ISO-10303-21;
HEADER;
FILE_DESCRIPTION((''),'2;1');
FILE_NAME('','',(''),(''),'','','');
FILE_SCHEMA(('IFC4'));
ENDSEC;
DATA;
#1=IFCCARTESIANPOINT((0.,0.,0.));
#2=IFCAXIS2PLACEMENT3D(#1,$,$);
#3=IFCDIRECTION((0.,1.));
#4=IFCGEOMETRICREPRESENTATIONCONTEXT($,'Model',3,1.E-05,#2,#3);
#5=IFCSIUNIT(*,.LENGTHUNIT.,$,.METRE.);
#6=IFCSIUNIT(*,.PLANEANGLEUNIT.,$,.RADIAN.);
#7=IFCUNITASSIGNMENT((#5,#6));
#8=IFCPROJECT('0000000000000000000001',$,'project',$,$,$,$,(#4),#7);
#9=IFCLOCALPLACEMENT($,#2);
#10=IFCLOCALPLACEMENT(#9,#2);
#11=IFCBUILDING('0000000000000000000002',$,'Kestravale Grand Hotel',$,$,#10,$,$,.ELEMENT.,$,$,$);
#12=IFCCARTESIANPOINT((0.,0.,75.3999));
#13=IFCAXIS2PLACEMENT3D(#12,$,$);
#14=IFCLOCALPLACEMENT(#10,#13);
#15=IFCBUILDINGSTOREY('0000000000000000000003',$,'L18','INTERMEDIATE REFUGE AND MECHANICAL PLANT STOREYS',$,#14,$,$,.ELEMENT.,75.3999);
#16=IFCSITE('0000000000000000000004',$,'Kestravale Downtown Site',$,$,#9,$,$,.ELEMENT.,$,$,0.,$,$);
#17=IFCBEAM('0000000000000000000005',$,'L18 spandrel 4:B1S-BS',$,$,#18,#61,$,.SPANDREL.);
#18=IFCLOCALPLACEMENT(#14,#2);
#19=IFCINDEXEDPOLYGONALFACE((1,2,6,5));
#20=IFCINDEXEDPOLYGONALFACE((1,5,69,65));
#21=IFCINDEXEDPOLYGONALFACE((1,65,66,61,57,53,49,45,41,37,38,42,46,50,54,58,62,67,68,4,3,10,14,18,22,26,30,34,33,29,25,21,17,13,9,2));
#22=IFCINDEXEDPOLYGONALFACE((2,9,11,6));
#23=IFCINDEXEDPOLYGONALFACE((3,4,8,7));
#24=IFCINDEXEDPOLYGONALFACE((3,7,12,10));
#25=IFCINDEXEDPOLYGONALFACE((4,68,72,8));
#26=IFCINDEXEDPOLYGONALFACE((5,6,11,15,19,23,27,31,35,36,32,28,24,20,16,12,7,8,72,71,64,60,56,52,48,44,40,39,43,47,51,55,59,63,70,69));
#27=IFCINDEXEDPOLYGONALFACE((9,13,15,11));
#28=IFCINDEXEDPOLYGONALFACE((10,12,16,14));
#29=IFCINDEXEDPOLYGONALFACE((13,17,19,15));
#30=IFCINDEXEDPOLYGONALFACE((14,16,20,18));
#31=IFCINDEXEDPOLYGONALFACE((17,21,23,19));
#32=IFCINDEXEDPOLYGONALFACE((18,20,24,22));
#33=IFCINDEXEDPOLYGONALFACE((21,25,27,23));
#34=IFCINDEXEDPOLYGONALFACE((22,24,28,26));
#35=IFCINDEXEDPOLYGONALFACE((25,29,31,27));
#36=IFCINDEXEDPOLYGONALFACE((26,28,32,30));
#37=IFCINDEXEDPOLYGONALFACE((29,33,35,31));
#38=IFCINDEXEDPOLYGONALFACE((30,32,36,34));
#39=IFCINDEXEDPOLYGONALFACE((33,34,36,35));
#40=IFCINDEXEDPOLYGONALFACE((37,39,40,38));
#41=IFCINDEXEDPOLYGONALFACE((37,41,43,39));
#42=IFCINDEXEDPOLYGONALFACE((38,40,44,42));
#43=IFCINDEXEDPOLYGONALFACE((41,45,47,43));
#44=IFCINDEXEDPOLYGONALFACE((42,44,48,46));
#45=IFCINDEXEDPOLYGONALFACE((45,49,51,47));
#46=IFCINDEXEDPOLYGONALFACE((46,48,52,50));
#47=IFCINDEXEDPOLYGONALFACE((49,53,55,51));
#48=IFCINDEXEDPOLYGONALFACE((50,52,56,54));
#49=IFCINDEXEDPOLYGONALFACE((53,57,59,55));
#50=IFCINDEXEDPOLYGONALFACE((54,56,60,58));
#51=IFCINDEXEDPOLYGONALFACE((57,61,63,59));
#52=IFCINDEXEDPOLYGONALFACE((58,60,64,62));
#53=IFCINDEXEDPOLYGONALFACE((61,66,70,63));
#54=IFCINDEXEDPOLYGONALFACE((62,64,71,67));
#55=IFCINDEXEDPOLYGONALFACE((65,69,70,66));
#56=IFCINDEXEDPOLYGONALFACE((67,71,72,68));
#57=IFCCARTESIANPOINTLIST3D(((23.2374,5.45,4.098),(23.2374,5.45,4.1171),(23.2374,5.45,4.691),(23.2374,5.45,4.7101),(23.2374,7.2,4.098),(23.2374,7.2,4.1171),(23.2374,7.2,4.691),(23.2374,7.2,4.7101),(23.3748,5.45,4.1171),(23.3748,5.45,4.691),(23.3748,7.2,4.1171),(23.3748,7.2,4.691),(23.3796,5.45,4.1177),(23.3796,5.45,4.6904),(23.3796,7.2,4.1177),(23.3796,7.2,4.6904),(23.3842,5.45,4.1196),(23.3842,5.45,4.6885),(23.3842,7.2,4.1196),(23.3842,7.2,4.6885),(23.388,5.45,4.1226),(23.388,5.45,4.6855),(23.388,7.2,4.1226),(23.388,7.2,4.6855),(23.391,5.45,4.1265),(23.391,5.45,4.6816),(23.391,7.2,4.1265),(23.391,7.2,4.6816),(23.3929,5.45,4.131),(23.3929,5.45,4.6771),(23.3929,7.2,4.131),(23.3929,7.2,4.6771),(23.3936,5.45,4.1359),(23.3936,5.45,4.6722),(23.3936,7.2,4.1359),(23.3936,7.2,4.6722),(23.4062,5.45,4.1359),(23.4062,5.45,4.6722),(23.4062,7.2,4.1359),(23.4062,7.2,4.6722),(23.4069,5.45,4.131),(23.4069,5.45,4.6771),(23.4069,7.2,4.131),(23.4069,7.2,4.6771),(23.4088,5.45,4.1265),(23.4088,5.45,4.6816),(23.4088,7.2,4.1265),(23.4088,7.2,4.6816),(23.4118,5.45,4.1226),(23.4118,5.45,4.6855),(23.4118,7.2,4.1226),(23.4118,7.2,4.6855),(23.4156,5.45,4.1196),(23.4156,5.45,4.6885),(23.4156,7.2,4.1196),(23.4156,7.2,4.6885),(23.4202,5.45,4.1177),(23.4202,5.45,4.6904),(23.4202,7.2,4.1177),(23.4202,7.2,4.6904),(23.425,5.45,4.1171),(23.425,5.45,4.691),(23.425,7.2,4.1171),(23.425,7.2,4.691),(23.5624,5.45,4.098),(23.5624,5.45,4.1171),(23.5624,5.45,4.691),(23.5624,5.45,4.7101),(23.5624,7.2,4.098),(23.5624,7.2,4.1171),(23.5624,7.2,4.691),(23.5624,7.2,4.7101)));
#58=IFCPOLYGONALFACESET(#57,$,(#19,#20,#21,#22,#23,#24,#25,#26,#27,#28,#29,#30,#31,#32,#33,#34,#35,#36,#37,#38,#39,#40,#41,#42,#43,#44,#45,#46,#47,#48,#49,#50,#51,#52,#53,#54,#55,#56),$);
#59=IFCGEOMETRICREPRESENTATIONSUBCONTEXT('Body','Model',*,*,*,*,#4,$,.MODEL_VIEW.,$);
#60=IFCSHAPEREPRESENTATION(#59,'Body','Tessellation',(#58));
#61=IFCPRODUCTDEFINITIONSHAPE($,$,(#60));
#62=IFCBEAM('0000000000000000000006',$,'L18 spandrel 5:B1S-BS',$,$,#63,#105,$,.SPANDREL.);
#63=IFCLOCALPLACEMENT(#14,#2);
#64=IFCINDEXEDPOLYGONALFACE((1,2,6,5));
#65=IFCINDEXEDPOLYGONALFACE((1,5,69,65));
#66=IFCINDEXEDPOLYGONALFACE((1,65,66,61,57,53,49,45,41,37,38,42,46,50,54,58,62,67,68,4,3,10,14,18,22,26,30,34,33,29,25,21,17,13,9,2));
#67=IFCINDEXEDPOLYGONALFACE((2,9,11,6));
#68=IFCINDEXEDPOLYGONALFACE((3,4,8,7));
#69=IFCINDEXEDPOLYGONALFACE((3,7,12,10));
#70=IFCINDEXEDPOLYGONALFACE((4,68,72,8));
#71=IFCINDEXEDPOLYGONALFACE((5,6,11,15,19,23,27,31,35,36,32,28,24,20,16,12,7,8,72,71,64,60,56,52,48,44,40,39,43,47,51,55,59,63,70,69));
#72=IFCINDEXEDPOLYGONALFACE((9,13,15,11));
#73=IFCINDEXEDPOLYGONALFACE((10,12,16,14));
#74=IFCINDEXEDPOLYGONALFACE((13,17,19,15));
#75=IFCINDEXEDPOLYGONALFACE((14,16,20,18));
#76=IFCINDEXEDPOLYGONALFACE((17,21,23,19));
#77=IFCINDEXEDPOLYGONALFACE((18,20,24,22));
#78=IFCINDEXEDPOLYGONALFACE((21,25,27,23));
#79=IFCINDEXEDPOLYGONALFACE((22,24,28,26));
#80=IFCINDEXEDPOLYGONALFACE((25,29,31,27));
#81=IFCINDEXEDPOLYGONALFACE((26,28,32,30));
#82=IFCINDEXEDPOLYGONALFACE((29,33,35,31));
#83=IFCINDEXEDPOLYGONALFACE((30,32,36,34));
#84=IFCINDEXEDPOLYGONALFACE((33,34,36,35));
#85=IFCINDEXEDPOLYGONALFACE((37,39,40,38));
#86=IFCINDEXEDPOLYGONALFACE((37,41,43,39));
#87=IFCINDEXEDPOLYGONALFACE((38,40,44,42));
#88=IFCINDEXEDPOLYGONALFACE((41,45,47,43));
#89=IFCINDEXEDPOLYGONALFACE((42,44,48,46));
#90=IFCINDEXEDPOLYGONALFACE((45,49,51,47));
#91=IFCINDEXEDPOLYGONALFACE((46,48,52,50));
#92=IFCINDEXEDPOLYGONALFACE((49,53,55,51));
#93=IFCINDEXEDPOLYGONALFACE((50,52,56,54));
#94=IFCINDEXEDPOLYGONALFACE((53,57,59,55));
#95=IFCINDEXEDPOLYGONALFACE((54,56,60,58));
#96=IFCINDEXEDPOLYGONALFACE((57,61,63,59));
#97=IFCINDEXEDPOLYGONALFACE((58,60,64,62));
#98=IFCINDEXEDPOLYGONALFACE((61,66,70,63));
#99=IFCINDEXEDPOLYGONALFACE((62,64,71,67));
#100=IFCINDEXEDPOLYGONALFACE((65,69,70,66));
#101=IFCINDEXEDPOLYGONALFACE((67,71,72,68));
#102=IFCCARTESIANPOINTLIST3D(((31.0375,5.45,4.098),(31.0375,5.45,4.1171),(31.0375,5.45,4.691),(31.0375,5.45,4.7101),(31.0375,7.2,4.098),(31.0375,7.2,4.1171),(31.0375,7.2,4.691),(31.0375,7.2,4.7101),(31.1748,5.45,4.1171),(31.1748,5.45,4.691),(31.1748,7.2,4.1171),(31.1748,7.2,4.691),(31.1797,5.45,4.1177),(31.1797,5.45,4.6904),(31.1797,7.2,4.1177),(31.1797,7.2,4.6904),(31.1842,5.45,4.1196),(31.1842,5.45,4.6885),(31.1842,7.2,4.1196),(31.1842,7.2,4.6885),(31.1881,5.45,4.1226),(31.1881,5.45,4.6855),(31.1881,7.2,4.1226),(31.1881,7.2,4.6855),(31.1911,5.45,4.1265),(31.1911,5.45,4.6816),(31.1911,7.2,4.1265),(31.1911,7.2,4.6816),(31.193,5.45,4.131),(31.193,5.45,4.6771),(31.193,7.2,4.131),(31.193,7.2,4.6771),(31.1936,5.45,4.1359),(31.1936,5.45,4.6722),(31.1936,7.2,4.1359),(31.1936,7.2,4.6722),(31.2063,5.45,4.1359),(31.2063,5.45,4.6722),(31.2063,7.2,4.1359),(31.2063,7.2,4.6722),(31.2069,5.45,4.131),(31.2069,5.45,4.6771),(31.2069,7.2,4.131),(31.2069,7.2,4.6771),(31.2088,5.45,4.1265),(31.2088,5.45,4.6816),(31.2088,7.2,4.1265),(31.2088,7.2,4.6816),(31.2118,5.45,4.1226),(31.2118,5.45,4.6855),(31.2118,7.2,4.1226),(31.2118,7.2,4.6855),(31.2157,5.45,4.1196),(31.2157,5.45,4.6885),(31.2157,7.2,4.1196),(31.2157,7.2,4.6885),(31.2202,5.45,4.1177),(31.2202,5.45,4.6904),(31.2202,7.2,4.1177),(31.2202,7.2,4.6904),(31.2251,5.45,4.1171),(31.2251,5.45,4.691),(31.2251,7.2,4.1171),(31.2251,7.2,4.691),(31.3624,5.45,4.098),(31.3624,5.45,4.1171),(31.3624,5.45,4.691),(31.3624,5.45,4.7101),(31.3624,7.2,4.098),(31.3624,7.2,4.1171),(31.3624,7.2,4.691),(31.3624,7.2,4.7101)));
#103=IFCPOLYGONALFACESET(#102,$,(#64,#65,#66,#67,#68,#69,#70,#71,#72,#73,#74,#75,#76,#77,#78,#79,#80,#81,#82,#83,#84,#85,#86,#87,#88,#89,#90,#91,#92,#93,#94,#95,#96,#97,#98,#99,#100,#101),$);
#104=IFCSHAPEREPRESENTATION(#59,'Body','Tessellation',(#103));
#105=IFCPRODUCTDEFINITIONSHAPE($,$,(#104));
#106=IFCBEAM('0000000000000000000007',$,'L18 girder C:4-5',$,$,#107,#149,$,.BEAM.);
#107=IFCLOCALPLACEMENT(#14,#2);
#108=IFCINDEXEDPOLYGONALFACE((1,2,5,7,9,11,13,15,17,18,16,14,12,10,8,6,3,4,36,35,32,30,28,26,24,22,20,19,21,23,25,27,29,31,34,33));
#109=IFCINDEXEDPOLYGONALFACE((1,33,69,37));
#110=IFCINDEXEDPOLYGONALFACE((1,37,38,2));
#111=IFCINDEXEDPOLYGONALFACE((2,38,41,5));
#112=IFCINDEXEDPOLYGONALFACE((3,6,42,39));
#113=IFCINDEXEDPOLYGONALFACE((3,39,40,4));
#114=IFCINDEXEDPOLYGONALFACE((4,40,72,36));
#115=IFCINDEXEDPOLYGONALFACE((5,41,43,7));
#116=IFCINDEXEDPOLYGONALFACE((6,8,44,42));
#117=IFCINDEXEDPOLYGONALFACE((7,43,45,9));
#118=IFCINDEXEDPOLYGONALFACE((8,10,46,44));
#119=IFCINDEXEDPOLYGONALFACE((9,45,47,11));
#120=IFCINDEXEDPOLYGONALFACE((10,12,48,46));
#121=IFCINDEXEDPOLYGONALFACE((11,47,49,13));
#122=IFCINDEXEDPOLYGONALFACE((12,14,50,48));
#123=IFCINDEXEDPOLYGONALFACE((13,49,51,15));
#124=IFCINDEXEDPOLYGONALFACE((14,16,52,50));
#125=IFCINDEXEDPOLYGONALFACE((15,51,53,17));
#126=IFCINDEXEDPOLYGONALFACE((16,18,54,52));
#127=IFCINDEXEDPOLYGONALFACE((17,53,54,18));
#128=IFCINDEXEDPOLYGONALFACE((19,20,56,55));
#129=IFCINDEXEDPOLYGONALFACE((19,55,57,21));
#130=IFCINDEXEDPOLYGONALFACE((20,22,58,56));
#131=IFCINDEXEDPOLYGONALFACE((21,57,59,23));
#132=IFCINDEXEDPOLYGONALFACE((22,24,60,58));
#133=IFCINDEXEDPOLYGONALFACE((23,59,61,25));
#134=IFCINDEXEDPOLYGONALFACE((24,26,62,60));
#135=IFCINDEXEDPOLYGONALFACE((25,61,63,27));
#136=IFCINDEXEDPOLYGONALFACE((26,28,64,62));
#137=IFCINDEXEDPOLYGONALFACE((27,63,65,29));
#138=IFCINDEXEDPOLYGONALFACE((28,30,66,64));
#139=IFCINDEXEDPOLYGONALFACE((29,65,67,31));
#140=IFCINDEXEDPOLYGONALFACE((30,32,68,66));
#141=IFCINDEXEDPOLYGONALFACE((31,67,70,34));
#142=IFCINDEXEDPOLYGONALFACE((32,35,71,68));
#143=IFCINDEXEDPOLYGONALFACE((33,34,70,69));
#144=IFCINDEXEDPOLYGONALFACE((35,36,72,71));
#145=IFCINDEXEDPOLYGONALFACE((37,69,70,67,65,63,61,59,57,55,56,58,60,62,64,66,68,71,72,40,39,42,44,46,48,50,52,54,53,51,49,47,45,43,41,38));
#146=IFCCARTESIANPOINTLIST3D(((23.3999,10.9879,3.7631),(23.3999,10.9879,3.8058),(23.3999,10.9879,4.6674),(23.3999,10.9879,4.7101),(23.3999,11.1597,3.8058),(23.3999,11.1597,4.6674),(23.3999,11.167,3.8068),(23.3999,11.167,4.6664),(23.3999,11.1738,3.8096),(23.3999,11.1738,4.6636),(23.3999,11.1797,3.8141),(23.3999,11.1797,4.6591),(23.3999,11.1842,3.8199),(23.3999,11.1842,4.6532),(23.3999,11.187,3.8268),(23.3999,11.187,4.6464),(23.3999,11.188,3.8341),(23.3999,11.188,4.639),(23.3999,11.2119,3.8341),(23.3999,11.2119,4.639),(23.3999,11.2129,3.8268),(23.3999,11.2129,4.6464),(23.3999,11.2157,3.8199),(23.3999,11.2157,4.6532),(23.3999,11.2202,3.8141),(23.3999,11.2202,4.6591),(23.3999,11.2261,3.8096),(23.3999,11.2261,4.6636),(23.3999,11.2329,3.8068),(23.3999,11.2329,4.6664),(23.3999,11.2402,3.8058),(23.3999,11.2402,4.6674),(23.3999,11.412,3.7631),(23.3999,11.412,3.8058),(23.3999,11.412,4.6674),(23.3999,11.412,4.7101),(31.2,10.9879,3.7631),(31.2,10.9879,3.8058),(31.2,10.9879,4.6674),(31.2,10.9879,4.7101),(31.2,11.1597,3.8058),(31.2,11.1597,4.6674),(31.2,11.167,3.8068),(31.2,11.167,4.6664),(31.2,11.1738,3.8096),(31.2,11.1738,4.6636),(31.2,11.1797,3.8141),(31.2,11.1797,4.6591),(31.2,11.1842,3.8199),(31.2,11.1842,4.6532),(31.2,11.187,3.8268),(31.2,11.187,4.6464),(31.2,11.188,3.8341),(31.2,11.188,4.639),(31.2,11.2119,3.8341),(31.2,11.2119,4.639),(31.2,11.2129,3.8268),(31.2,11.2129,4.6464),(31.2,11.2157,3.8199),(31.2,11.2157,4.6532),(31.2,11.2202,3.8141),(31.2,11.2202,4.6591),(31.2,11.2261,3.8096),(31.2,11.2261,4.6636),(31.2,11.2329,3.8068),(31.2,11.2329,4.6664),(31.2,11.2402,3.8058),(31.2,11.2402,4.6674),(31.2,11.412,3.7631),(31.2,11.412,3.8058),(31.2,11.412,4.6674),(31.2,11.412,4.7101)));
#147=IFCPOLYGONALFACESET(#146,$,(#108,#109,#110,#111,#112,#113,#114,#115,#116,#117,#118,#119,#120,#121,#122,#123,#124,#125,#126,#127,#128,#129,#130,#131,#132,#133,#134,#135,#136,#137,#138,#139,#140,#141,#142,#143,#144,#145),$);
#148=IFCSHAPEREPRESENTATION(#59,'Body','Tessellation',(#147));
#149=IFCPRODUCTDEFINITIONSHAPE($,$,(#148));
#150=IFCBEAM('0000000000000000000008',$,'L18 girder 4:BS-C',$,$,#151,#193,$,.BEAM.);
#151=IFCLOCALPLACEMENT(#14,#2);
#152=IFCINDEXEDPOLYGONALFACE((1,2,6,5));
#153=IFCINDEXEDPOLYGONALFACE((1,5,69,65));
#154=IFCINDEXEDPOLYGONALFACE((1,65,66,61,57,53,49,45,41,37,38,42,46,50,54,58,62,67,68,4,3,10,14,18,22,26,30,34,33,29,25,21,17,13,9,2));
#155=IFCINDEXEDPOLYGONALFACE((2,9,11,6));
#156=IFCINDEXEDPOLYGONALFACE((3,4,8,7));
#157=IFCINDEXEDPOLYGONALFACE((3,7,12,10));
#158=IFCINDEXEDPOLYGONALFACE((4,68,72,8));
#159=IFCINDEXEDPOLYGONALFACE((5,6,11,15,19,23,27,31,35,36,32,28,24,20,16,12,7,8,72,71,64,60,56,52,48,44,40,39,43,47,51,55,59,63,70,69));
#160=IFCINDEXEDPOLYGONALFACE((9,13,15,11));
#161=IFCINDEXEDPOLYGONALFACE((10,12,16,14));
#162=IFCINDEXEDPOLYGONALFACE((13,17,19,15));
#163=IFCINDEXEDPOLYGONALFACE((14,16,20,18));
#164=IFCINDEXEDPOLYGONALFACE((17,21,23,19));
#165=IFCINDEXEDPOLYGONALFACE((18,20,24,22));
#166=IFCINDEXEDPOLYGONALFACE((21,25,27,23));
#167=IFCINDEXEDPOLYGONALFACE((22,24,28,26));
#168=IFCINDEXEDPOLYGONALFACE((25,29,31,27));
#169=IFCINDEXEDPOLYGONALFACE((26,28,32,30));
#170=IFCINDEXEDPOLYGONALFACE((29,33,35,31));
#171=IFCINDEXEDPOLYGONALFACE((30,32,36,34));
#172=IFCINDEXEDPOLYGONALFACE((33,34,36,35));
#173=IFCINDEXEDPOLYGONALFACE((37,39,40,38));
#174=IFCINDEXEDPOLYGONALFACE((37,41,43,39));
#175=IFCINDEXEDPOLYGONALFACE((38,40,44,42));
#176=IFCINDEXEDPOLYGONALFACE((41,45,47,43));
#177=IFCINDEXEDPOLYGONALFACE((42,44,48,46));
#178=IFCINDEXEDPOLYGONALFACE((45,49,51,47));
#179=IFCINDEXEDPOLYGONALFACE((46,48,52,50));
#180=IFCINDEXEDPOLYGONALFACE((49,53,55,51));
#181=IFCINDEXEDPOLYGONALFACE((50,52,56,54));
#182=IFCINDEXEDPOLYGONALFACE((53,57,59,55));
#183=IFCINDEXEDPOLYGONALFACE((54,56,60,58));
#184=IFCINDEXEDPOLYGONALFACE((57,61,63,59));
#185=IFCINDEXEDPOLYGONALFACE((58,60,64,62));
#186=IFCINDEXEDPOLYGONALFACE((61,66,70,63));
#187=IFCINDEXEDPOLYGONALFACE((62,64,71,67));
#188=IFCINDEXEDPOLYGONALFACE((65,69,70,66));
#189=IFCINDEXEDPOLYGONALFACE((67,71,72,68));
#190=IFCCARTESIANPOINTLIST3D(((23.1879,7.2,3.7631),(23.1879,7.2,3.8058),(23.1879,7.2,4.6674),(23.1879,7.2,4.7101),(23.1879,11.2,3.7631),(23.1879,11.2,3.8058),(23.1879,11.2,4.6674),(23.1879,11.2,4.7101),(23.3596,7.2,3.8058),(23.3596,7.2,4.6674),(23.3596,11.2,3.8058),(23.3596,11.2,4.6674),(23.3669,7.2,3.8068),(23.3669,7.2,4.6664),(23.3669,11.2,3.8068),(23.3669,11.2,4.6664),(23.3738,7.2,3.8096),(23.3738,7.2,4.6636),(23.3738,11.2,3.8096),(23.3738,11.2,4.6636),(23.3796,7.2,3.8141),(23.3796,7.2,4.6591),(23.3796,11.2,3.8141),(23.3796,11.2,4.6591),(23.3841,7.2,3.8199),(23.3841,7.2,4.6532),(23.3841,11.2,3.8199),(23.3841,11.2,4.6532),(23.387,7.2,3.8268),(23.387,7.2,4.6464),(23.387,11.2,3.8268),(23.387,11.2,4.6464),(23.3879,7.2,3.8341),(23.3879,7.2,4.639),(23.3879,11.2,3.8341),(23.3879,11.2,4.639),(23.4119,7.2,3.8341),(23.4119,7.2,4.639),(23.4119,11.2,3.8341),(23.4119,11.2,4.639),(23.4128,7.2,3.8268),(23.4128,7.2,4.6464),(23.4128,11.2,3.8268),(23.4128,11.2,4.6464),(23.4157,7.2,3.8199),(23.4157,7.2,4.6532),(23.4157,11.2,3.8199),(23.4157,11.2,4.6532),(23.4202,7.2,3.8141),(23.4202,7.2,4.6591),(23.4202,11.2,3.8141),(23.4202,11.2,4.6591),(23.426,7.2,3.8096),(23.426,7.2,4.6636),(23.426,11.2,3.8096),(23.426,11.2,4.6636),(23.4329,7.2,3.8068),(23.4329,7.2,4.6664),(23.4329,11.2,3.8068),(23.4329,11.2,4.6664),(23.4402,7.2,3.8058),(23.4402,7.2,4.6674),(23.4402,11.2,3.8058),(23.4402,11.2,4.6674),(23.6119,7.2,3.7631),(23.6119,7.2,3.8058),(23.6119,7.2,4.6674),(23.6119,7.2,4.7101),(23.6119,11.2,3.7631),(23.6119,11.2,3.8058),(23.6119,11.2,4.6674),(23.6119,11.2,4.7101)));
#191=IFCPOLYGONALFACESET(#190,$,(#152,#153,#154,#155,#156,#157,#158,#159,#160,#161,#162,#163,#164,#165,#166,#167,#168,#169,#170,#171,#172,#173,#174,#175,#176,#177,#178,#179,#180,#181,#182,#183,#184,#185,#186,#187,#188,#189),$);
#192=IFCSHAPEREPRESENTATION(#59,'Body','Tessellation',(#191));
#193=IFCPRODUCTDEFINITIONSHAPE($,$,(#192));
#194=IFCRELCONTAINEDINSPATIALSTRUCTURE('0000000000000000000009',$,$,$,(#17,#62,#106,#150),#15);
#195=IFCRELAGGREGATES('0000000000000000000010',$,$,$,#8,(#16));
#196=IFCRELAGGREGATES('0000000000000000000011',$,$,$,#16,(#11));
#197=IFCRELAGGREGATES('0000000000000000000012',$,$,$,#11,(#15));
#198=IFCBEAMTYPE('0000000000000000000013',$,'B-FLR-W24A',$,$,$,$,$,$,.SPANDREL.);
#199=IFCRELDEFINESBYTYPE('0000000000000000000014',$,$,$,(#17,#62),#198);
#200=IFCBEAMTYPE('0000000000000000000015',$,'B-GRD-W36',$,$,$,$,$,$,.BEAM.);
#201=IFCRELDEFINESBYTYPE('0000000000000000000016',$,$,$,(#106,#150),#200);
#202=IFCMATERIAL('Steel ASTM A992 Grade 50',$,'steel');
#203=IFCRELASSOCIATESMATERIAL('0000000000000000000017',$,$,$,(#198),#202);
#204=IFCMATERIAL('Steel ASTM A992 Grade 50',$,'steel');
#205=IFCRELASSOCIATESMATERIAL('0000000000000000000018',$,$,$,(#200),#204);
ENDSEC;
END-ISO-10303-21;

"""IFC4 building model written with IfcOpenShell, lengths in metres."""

from ifc_helpers import new_model, si_unit, direction, frame, origin, origin_2d, place, context, subcontext, project, spatial, i_section, extrude, material, material_profile, profile_set, type_object, element, save


model = new_model("IFC4")

# Units and contexts
model_context = context("Model", 3, precision=1e-05, world=origin(), true_north=direction((0.0, 1.0)))
body_context = subcontext(model_context, "Body", "Model", "MODEL_VIEW")
ifc_project = project(units=[si_unit("LENGTHUNIT", "METRE"), si_unit("PLANEANGLEUNIT", "RADIAN")], contexts=[model_context])

# Site, building, storey
site_placement = place(None, origin())
site = spatial("IfcSite", under=ifc_project, at=site_placement, Name="Kestravale Downtown Site", CompositionType="ELEMENT", RefElevation=0.0)
building_placement = place(site_placement, origin())
building = spatial("IfcBuilding", under=site, at=building_placement, Name="Kestravale Grand Hotel", CompositionType="ELEMENT")
storey_placement = place(building_placement, frame((0.0, 0.0, 75.3999)))
storey = spatial("IfcBuildingStorey", under=building, at=storey_placement, Name="L18", Description="INTERMEDIATE REFUGE AND MECHANICAL PLANT STOREYS", CompositionType="ELEMENT", Elevation=75.3999)

# Beams
ifc_material_1 = material(Name="Steel ASTM A992 Grade 50", Category="steel")
ifc_material_profile_1 = material_profile(ifc_material_1, i_section(OverallWidth=0.325, OverallDepth=0.6121, WebThickness=0.0127, FlangeThickness=0.019, FilletRadius=0.0188, at=origin_2d()))
ifc_profile_set_1 = profile_set([ifc_material_profile_1], Name="Steel ASTM A992 Grade 50")
beam_type_1 = type_object("IfcBeamType", Name="B-FLR-W24A", PredefinedType="SPANDREL", material=ifc_profile_set_1)
for number, where, z_axis, x_axis, name in (
    (1, (23.3999, 5.45, 4.4041), (0.0, 1.0, 0.0), (-1.0, 0.0, 0.0), "L18 spandrel 4:B1S-BS"),
    (2, (31.2, 5.45, 4.4041), (0.0, 1.0, 0.0), (-1.0, 0.0, 0.0), "L18 spandrel 5:B1S-BS"),
):
    element("IfcBeam", number, at=place(storey_placement, frame(where, z_axis=z_axis, x_axis=x_axis)), inside=storey, type_object=beam_type_1, Name=name, PredefinedType="SPANDREL", context=body_context, shape_type="SweptSolid", body=[
        extrude(i_section(OverallWidth=0.325, OverallDepth=0.6121, WebThickness=0.0127, FlangeThickness=0.019, FilletRadius=0.0188, at=origin_2d()), origin(), (0.0, 0.0, 1.0), 1.75),
    ])
ifc_material_2 = material(Name="Steel ASTM A992 Grade 50", Category="steel")
ifc_material_profile_2 = material_profile(ifc_material_2, i_section(OverallWidth=0.4241, OverallDepth=0.947, WebThickness=0.0239, FlangeThickness=0.0427, FilletRadius=0.0283, at=origin_2d()))
ifc_profile_set_2 = profile_set([ifc_material_profile_2], Name="Steel ASTM A992 Grade 50")
beam_type_2 = type_object("IfcBeamType", Name="B-GRD-W36", PredefinedType="BEAM", material=ifc_profile_set_2)
beam_1_placement = place(storey_placement, frame((23.3999, 11.2, 4.2366), z_axis=(1.0, 0.0, 0.0), x_axis=(0.0, 1.0, 0.0)))
element("IfcBeam", 3, at=beam_1_placement, inside=storey, type_object=beam_type_2, Name="L18 girder C:4-5", PredefinedType="BEAM", context=body_context, shape_type="SweptSolid", body=[
    extrude(i_section(OverallWidth=0.4241, OverallDepth=0.947, WebThickness=0.0239, FlangeThickness=0.0427, FilletRadius=0.0283, at=origin_2d()), origin(), (0.0, 0.0, 1.0), 7.8),
])
beam_2_placement = place(storey_placement, frame((23.3999, 7.2, 4.2366), z_axis=(0.0, 1.0, 0.0), x_axis=(-1.0, 0.0, 0.0)))
element("IfcBeam", 4, at=beam_2_placement, inside=storey, type_object=beam_type_2, Name="L18 girder 4:BS-C", PredefinedType="BEAM", context=body_context, shape_type="SweptSolid", body=[
    extrude(i_section(OverallWidth=0.4241, OverallDepth=0.947, WebThickness=0.0239, FlangeThickness=0.0427, FilletRadius=0.0283, at=origin_2d()), origin(), (0.0, 0.0, 1.0), 4.0),
])

save(model, "model.ifc")
